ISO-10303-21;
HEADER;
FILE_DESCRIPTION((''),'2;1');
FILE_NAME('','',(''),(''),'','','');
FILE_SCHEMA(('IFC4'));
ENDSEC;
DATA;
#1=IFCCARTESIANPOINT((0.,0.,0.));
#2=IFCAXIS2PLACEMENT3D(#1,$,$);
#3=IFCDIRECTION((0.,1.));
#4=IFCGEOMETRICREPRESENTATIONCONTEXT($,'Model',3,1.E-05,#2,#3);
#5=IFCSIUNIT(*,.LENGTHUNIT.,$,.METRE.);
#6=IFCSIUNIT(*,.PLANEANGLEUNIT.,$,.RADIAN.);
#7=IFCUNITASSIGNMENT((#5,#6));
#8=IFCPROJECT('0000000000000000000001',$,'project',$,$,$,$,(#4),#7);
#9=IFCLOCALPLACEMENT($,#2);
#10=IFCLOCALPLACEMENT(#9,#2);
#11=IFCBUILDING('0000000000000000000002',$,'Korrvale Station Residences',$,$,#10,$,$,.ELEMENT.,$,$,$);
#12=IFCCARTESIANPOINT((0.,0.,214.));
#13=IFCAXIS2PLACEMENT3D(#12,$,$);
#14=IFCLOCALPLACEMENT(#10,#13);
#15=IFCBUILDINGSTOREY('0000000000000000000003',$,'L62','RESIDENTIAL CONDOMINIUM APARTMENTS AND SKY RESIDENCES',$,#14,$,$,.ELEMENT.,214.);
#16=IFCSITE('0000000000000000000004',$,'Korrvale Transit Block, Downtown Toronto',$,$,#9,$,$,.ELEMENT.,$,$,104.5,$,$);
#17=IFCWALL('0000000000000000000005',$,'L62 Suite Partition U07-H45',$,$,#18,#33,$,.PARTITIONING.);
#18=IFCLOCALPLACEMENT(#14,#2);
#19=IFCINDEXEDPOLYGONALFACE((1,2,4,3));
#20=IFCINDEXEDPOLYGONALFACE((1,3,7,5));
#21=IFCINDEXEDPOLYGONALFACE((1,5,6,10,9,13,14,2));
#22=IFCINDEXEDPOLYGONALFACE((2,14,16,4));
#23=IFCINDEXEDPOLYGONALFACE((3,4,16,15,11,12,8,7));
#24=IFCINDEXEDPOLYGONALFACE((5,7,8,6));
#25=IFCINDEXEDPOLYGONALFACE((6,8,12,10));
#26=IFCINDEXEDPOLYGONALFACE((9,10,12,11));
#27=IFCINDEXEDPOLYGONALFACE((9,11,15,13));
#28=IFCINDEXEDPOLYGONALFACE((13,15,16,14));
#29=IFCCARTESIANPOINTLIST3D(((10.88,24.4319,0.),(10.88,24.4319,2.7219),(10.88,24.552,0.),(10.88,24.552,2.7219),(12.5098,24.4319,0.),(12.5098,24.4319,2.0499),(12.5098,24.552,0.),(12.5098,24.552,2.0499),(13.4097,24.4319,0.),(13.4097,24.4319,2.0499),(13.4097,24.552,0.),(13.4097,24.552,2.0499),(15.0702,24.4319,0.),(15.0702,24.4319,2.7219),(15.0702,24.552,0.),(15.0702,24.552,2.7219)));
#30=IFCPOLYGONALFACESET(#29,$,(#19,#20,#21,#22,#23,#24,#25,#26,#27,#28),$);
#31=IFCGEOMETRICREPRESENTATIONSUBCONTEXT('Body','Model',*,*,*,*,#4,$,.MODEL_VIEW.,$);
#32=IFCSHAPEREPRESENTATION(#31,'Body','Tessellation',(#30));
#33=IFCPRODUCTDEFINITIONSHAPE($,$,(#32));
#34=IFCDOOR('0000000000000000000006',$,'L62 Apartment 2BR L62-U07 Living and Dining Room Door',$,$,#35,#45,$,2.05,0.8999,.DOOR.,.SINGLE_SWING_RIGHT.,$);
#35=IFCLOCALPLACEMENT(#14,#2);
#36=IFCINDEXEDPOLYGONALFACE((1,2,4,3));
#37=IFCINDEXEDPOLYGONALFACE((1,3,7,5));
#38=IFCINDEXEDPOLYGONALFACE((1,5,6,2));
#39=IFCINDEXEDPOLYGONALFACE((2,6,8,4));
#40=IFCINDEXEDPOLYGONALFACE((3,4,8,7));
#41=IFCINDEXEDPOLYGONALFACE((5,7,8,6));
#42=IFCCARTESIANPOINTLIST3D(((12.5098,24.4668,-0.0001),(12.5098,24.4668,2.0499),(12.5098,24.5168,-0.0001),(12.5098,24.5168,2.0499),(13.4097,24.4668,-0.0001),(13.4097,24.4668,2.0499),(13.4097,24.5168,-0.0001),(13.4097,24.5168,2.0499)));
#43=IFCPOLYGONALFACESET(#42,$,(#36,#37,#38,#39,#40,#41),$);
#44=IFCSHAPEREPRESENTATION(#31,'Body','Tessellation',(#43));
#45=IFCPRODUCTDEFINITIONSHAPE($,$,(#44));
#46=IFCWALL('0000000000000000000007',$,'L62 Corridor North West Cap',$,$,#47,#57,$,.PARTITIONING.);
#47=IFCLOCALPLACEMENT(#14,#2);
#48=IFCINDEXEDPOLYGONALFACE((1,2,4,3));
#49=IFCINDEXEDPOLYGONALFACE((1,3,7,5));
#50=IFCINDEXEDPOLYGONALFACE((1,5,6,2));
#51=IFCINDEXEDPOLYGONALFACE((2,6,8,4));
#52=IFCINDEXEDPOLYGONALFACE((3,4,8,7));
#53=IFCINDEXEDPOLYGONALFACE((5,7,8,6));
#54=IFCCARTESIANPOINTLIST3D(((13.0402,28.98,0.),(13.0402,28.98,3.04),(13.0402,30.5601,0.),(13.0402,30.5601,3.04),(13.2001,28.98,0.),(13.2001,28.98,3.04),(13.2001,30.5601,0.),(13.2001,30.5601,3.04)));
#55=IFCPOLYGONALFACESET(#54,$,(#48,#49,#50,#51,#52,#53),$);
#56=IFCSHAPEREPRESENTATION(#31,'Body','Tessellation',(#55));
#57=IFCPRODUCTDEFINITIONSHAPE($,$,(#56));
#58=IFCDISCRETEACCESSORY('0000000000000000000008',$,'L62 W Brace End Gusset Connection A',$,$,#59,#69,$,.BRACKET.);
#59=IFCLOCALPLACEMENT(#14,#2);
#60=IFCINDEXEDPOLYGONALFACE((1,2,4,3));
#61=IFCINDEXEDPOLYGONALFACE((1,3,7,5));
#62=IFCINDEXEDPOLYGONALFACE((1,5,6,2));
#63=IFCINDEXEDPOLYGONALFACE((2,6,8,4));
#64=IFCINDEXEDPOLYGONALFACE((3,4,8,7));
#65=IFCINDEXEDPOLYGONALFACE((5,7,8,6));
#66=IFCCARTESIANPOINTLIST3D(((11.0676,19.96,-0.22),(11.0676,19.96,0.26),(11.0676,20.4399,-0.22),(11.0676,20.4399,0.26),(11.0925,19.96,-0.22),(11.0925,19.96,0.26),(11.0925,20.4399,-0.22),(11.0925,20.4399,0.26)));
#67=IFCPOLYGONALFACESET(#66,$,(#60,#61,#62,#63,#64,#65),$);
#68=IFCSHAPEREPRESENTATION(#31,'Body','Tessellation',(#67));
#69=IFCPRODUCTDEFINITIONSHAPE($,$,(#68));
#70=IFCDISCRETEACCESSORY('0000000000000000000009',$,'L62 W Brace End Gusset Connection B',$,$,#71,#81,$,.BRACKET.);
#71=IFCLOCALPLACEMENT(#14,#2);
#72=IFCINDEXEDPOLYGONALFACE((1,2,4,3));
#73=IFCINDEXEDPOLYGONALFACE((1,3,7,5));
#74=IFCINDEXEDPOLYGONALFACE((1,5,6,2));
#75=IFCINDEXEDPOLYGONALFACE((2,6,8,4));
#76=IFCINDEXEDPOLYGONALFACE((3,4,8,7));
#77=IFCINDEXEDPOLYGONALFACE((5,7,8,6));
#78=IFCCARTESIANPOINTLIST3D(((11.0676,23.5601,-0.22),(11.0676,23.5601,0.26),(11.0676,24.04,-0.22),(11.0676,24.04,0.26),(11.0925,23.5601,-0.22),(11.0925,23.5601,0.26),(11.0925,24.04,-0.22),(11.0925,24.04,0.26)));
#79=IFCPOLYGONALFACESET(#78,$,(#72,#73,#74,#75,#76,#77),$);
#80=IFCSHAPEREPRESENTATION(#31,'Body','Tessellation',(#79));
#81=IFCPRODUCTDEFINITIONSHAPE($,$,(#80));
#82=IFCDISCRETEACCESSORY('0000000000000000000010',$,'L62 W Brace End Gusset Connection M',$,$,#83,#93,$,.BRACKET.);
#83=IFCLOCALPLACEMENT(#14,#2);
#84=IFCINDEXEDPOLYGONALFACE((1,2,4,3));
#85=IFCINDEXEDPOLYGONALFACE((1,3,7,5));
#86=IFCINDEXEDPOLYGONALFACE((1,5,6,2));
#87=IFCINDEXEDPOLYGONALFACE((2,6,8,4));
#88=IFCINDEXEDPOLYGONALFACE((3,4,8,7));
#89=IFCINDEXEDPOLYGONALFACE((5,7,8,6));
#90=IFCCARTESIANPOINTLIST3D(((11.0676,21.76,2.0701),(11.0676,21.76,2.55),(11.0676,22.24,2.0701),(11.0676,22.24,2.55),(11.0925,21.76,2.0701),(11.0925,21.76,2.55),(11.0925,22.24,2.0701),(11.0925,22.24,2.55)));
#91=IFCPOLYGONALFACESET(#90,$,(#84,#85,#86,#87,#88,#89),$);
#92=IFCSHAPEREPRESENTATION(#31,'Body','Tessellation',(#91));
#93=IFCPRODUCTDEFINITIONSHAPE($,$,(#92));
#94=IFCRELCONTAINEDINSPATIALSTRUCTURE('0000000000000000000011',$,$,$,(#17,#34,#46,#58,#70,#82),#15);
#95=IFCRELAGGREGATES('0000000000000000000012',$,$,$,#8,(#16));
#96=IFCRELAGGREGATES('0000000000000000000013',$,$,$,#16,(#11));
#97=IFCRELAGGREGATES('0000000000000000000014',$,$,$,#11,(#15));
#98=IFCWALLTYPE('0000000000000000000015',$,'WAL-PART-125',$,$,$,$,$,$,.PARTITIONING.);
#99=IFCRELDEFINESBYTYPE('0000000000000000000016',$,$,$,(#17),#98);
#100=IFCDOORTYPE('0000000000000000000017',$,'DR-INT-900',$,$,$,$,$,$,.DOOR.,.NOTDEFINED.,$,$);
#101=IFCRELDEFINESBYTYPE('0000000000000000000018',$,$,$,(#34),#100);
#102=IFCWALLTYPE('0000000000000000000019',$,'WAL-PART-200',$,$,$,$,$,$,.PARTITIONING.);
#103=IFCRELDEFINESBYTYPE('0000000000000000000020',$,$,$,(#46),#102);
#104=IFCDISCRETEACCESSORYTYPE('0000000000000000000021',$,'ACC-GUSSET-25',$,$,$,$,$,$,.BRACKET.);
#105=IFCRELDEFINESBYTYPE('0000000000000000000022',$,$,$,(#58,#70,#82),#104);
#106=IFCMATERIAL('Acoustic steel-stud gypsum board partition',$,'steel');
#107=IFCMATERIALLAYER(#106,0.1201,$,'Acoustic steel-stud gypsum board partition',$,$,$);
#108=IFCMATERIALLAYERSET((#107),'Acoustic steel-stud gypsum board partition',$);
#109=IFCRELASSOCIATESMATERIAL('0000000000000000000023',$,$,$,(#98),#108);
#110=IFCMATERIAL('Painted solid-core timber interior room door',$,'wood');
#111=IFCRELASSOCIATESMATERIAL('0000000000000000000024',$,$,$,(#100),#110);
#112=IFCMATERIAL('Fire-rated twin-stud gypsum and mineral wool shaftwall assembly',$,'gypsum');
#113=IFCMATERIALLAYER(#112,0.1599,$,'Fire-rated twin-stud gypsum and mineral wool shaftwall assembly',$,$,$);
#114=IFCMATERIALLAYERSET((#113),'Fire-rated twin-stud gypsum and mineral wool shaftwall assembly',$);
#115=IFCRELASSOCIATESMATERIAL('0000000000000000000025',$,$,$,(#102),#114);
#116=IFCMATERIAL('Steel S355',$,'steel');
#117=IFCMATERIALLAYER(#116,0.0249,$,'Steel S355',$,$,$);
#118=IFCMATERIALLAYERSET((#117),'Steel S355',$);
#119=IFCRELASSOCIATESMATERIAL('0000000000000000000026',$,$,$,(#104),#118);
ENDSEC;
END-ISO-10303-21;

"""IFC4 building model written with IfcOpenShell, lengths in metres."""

from ifc_helpers import new_model, si_unit, direction, frame, frame_2d, origin, origin_2d, place, context, subcontext, project, spatial, rectangle, extrude, material, layer, layer_set, type_object, element, fill, save


model = new_model("IFC4")

# Units and contexts
model_context = context("Model", 3, precision=1e-05, world=origin(), true_north=direction((0.0, 1.0)))
body_context = subcontext(model_context, "Body", "Model", "MODEL_VIEW")
ifc_project = project(units=[si_unit("LENGTHUNIT", "METRE"), si_unit("PLANEANGLEUNIT", "RADIAN")], contexts=[model_context])

# Site, building, storey
site_placement = place(None, origin())
site = spatial("IfcSite", under=ifc_project, at=site_placement, Name="Korrvale Transit Block, Downtown Toronto", CompositionType="ELEMENT", RefElevation=104.5)
building_placement = place(site_placement, origin())
building = spatial("IfcBuilding", under=site, at=building_placement, Name="Korrvale Station Residences", CompositionType="ELEMENT")
storey_placement = place(building_placement, frame((0.0, 0.0, 214.0)))
storey = spatial("IfcBuildingStorey", under=building, at=storey_placement, Name="L62", Description="RESIDENTIAL CONDOMINIUM APARTMENTS AND SKY RESIDENCES", CompositionType="ELEMENT", Elevation=214.0)

# Shared definitions
ifc_material_1 = material(Name="Steel S355", Category="steel")

# Shared definitions
ifc_material_2 = material(Name="Acoustic steel-stud gypsum board partition", Category="steel")
ifc_layer_1 = layer(ifc_material_2, 0.1201, Name="Acoustic steel-stud gypsum board partition")
ifc_layer_set_1 = layer_set([ifc_layer_1], Name="Acoustic steel-stud gypsum board partition")
wall_type_1 = type_object("IfcWallType", Name="WAL-PART-125", PredefinedType="PARTITIONING", material=ifc_layer_set_1)

# Wall, opening, door
ifc_material_3 = material(Name="Painted solid-core timber interior room door", Category="wood")
door_type = type_object("IfcDoorType", Name="DR-INT-900", OperationType="NOTDEFINED", PredefinedType="DOOR", material=ifc_material_3)
wall_1_placement = place(storey_placement, frame((10.8799, 24.4919, 0.0), z_axis=(0.0, 0.0, 1.0), x_axis=(1.0, 0.0, 0.0)))
wall_1 = element("IfcWall", 1, at=wall_1_placement, inside=storey, type_object=wall_type_1, Name="L62 Suite Partition U07-H45", PredefinedType="PARTITIONING", context=body_context, shape_type="SweptSolid", body=[
    extrude(rectangle(XDim=4.1902, YDim=0.1201, at=frame_2d((2.0952, 0.0))), origin(), (0.0, 0.0, 1.0), 2.7219),
])
opening_1_placement = place(wall_1_placement, frame((1.6299, 0.0, 0.0)))
opening_1 = element("IfcOpeningElement", 2, at=opening_1_placement, cuts=wall_1, PredefinedType="OPENING", context=body_context, shape_type="SweptSolid", body=[
    extrude(rectangle(XDim=0.8999, YDim=2.05, at=frame_2d((0.45, 1.0249))), frame((0.0, 0.0701, 0.0), z_axis=(0.0, -1.0, 0.0), x_axis=(1.0, 0.0, 0.0)), (0.0, 0.0, 1.0), 0.1401),
])
door_1_placement = place(opening_1_placement, origin())
door_1 = element("IfcDoor", 3, at=door_1_placement, inside=storey, type_object=door_type, Name="L62 Apartment 2BR L62-U07 Living and Dining Room Door", OperationType="SINGLE_SWING_RIGHT", OverallHeight=2.05, OverallWidth=0.8999, PredefinedType="DOOR", context=body_context, shape_type="SweptSolid", body=[
    extrude(rectangle(XDim=0.8999, YDim=2.05, at=frame_2d((0.45, 1.0249))), frame((0.0, 0.0249, 0.0), z_axis=(0.0, -1.0, 0.0), x_axis=(1.0, 0.0, 0.0)), (0.0, 0.0, 1.0), 0.05),
])
fill(opening_1, door_1)

# Wall
ifc_material_4 = material(Name="Fire-rated twin-stud gypsum and mineral wool shaftwall assembly", Category="gypsum")
ifc_layer_2 = layer(ifc_material_4, 0.1599, Name="Fire-rated twin-stud gypsum and mineral wool shaftwall assembly")
ifc_layer_set_2 = layer_set([ifc_layer_2], Name="Fire-rated twin-stud gypsum and mineral wool shaftwall assembly")
wall_type_2 = type_object("IfcWallType", Name="WAL-PART-200", PredefinedType="PARTITIONING", material=ifc_layer_set_2)
wall_2_placement = place(storey_placement, frame((13.1201, 28.98, 0.0), z_axis=(0.0, 0.0, 1.0), x_axis=(0.0, 1.0, 0.0)))
element("IfcWall", 4, at=wall_2_placement, inside=storey, type_object=wall_type_2, Name="L62 Corridor North West Cap", PredefinedType="PARTITIONING", context=body_context, shape_type="SweptSolid", body=[
    extrude(rectangle(XDim=1.5801, YDim=0.1599, at=frame_2d((0.79, 0.0))), origin(), (0.0, 0.0, 1.0), 3.04),
])

# Discrete accessories
ifc_layer_3 = layer(ifc_material_1, 0.0249, Name="Steel S355")
ifc_layer_set_3 = layer_set([ifc_layer_3], Name="Steel S355")
discrete_accessory_type = type_object("IfcDiscreteAccessoryType", Name="ACC-GUSSET-25", PredefinedType="BRACKET", material=ifc_layer_set_3)
for number, where, z_axis, x_axis, name in (
    (5, (11.0801, 20.2, -0.22), (0.0, 0.0, 1.0), (0.0, 1.0, 0.0), "L62 W Brace End Gusset Connection A"),
    (6, (11.0801, 23.8, -0.22), (0.0, 0.0, 1.0), (0.0, 1.0, 0.0), "L62 W Brace End Gusset Connection B"),
    (7, (11.0801, 22.0, 2.0701), (0.0, 0.0, 1.0), (0.0, 1.0, 0.0), "L62 W Brace End Gusset Connection M"),
):
    element("IfcDiscreteAccessory", number, at=place(storey_placement, frame(where, z_axis=z_axis, x_axis=x_axis)), inside=storey, type_object=discrete_accessory_type, Name=name, PredefinedType="BRACKET", context=body_context, shape_type="SweptSolid", body=[
        extrude(rectangle(XDim=0.48, YDim=0.0249, at=origin_2d()), origin(), (0.0, 0.0, 1.0), 0.48),
    ])

save(model, "model.ifc")
